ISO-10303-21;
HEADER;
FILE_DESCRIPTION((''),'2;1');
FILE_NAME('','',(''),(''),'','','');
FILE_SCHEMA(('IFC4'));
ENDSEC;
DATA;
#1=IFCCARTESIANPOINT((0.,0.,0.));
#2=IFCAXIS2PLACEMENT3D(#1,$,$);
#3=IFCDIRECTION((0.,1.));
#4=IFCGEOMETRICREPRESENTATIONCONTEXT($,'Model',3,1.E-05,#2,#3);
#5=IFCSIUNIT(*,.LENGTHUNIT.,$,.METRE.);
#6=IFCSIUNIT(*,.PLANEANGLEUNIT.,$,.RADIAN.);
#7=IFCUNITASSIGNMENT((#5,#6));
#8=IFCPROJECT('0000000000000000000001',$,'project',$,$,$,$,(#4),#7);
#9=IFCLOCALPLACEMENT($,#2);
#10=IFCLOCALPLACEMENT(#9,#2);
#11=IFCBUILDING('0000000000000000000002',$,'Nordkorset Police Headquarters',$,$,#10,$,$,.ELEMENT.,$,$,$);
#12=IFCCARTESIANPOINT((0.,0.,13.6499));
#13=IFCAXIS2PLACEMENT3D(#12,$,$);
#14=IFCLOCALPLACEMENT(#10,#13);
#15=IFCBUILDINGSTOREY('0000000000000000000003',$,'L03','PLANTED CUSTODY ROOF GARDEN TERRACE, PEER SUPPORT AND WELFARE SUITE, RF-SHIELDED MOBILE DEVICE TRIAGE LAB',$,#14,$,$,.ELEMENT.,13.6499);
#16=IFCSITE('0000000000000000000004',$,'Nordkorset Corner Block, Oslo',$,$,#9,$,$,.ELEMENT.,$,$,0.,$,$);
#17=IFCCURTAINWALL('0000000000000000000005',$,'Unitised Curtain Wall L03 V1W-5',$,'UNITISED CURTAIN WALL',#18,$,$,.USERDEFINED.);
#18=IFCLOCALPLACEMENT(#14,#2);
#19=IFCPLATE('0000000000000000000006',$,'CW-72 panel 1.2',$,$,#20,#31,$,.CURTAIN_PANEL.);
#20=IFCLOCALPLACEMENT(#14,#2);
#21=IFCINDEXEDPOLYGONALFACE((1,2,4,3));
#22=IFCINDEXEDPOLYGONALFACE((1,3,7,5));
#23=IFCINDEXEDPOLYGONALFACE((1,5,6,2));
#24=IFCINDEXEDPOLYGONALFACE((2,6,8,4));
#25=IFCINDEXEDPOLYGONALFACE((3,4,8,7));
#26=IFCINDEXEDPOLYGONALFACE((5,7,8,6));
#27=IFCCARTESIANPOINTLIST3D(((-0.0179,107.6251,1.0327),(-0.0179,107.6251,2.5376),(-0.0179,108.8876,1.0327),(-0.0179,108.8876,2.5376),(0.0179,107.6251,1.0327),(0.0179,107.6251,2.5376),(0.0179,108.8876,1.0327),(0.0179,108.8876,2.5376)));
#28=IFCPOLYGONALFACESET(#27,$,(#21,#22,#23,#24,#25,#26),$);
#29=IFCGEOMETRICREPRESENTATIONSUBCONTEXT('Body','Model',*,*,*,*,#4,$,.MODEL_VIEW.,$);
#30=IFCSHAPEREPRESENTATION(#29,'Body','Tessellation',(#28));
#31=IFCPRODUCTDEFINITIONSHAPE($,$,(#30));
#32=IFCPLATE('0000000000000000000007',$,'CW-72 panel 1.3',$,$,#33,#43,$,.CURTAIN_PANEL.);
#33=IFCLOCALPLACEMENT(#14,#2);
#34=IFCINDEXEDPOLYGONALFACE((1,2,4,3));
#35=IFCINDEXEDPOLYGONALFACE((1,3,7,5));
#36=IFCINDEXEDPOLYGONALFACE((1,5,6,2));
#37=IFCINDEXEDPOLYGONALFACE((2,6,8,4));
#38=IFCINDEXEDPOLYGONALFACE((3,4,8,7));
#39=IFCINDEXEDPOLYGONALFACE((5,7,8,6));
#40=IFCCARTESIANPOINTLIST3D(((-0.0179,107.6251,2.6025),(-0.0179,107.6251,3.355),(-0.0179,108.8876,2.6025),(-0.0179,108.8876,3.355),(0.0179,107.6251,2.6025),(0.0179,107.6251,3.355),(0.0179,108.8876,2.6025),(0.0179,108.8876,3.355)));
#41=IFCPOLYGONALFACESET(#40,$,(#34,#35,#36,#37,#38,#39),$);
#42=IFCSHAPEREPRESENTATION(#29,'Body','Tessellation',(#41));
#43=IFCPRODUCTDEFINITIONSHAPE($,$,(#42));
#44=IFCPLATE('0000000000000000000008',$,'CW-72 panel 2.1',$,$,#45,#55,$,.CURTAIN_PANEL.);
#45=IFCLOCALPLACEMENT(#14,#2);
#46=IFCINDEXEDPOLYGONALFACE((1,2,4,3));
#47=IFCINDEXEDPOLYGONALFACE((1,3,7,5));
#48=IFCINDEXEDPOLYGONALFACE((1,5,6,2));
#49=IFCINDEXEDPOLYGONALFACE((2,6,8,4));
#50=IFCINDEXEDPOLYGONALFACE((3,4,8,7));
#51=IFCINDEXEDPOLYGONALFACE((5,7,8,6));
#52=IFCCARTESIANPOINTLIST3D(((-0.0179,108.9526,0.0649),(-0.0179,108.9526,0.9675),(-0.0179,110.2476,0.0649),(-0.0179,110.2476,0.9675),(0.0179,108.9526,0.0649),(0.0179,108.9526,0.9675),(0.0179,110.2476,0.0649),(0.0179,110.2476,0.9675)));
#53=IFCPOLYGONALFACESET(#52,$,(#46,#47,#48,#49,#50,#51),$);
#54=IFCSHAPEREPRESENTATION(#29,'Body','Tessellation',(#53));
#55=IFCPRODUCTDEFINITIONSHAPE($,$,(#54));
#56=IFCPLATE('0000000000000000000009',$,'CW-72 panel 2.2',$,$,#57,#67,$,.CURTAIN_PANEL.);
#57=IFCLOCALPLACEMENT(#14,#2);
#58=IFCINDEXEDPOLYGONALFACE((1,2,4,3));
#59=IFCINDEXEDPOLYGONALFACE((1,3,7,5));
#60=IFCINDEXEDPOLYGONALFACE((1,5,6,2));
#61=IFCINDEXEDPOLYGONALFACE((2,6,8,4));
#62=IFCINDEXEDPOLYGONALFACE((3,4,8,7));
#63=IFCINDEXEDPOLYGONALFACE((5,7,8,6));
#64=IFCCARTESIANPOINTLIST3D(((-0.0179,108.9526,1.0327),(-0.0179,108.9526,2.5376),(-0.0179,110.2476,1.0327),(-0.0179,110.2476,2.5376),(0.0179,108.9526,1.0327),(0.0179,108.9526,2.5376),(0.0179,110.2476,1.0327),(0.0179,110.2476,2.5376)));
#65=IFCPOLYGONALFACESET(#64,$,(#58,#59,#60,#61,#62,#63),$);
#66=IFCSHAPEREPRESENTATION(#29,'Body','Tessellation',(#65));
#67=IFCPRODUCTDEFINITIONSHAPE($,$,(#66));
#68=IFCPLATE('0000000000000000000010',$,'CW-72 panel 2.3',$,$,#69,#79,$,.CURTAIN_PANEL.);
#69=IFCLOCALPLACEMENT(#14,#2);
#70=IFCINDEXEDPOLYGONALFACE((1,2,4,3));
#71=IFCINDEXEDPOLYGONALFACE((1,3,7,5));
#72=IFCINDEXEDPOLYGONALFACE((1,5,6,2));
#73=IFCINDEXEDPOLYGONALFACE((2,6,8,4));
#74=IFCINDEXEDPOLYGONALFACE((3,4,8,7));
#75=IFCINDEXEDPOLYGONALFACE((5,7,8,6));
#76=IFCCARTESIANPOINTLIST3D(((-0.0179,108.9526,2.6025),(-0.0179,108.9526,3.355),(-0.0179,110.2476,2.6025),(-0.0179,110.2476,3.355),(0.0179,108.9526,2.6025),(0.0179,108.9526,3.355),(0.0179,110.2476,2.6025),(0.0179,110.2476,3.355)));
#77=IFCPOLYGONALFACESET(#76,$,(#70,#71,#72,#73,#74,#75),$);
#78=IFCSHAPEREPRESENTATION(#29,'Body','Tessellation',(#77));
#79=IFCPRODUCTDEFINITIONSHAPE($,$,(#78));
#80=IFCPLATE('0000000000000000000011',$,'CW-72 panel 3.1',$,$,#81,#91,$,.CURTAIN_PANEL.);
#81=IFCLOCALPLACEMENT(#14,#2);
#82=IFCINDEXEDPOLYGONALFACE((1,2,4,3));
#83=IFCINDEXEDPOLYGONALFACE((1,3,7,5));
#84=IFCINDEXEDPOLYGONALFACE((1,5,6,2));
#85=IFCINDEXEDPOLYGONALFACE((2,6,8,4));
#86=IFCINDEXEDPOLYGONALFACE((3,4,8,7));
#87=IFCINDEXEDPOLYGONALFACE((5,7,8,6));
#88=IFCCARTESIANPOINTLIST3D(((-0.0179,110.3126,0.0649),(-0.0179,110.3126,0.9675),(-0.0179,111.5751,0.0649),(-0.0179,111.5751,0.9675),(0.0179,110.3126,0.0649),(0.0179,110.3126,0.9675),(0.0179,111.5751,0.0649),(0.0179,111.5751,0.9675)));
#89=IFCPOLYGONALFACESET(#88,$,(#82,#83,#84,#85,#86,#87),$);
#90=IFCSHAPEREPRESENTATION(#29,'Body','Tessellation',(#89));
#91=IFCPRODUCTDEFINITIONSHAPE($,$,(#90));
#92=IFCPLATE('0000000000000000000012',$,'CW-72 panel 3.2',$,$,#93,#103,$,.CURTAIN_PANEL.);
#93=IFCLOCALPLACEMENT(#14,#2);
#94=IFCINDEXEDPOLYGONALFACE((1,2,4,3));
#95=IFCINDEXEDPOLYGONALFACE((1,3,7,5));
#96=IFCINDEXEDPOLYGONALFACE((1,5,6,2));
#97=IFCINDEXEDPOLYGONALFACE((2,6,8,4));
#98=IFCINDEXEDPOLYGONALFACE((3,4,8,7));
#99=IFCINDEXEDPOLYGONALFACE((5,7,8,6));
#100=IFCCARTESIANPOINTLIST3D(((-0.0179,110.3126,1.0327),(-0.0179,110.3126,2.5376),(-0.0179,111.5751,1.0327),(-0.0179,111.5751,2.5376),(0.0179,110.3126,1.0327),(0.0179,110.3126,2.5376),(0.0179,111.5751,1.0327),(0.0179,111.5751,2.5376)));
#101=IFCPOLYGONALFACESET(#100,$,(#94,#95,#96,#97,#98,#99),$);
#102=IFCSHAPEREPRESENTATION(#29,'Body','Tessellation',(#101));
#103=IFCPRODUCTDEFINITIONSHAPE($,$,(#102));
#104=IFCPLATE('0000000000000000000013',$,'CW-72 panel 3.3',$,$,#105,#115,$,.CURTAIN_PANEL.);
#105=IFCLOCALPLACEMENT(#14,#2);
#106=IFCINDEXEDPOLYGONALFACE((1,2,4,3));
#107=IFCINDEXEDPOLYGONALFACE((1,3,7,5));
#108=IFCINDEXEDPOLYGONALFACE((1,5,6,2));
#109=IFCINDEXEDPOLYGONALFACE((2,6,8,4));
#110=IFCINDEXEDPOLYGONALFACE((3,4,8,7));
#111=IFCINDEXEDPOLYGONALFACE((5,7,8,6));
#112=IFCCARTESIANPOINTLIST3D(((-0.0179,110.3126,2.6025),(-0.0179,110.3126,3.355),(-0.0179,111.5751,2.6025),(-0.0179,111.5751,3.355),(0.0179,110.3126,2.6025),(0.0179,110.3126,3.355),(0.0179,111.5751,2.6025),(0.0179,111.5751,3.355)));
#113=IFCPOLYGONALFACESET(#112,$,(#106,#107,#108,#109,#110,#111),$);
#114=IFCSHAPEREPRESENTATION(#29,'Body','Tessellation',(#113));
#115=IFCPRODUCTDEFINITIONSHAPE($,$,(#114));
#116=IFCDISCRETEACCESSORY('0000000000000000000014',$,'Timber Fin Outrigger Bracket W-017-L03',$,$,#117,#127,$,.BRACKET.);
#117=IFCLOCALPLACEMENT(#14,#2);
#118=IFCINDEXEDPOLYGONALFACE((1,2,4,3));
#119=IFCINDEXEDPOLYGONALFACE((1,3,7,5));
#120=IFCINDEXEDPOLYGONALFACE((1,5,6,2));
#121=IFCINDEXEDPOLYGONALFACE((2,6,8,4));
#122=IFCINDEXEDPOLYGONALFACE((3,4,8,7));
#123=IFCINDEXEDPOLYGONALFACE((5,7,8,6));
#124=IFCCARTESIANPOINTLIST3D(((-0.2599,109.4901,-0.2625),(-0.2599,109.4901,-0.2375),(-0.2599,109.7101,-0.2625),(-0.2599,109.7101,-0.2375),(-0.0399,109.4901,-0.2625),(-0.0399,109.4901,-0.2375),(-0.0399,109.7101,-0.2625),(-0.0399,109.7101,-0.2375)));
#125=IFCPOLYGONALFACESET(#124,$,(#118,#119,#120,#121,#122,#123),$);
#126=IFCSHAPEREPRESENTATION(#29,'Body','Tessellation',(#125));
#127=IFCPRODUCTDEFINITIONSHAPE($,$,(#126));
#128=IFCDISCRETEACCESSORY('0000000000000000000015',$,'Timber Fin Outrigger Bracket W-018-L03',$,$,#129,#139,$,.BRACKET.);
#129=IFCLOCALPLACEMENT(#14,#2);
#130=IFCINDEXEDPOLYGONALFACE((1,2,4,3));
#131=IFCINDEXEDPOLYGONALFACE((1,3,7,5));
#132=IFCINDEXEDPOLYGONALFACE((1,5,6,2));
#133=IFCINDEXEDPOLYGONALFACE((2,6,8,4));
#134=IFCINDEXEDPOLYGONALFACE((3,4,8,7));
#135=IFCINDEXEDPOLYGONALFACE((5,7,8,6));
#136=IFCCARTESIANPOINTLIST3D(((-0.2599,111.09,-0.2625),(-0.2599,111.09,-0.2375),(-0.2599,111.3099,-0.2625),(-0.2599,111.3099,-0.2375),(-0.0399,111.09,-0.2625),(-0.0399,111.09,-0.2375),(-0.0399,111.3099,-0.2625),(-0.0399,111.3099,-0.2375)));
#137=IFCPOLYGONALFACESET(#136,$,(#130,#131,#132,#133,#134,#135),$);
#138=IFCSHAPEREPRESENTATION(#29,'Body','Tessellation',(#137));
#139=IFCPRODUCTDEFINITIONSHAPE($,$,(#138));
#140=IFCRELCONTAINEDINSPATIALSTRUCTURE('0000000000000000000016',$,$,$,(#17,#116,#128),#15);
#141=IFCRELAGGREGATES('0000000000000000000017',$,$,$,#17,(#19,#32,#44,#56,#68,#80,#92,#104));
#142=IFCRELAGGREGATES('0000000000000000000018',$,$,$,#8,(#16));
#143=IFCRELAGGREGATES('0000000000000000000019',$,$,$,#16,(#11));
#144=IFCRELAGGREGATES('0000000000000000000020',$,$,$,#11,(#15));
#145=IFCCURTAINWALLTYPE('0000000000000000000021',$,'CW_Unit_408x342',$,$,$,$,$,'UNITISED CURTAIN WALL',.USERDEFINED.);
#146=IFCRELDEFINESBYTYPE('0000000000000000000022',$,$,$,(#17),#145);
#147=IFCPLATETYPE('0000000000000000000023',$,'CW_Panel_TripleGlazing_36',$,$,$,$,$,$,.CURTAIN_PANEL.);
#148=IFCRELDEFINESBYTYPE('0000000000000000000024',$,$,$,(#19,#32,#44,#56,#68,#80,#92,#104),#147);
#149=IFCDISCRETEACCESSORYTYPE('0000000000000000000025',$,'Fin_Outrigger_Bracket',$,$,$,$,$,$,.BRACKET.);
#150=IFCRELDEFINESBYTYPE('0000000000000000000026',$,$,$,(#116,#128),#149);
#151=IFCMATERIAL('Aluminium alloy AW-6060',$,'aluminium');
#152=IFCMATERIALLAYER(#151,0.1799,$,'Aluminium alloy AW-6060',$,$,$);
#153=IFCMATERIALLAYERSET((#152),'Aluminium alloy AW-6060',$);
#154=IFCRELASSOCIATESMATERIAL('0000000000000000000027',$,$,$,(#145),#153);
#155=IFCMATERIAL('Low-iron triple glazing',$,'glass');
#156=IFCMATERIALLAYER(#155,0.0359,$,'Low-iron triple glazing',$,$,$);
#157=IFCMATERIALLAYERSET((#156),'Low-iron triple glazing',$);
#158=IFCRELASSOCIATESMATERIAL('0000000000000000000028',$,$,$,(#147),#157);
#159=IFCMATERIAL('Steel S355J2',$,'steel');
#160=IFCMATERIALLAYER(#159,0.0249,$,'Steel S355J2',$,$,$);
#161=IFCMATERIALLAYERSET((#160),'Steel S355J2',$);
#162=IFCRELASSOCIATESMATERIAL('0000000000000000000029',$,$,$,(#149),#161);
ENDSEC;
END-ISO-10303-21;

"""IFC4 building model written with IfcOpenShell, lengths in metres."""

from ifc_helpers import new_model, si_unit, direction, frame, origin, origin_2d, place, context, subcontext, project, spatial, rectangle, extrude, material, layer, layer_set, type_object, element, aggregate, save


model = new_model("IFC4")

# Units and contexts
model_context = context("Model", 3, precision=1e-05, world=origin(), true_north=direction((0.0, 1.0)))
body_context = subcontext(model_context, "Body", "Model", "MODEL_VIEW")
ifc_project = project(units=[si_unit("LENGTHUNIT", "METRE"), si_unit("PLANEANGLEUNIT", "RADIAN")], contexts=[model_context])

# Site, building, storey
site_placement = place(None, origin())
site = spatial("IfcSite", under=ifc_project, at=site_placement, Name="Nordkorset Corner Block, Oslo", CompositionType="ELEMENT", RefElevation=0.0)
building_placement = place(site_placement, origin())
building = spatial("IfcBuilding", under=site, at=building_placement, Name="Nordkorset Police Headquarters", CompositionType="ELEMENT")
storey_placement = place(building_placement, frame((0.0, 0.0, 13.6499)))
storey = spatial("IfcBuildingStorey", under=building, at=storey_placement, Name="L03", Description="PLANTED CUSTODY ROOF GARDEN TERRACE, PEER SUPPORT AND WELFARE SUITE, RF-SHIELDED MOBILE DEVICE TRIAGE LAB", CompositionType="ELEMENT", Elevation=13.6499)

# Curtain wall, plates
ifc_material_1 = material(Name="Aluminium alloy AW-6060", Category="aluminium")
ifc_layer_1 = layer(ifc_material_1, 0.1799, Name="Aluminium alloy AW-6060")
ifc_layer_set_1 = layer_set([ifc_layer_1], Name="Aluminium alloy AW-6060")
curtain_wall_type = type_object("IfcCurtainWallType", Name="CW_Unit_408x342", ElementType="UNITISED CURTAIN WALL", PredefinedType="USERDEFINED", material=ifc_layer_set_1)
curtain_wall_placement = place(storey_placement, origin())
curtain_wall = element("IfcCurtainWall", 1, at=curtain_wall_placement, inside=storey, type_object=curtain_wall_type, Name="Unitised Curtain Wall L03 V1W-5", ObjectType="UNITISED CURTAIN WALL", PredefinedType="USERDEFINED")
ifc_material_2 = material(Name="Low-iron triple glazing", Category="glass")
ifc_layer_2 = layer(ifc_material_2, 0.0359, Name="Low-iron triple glazing")
ifc_layer_set_2 = layer_set([ifc_layer_2], Name="Low-iron triple glazing")
plate_type = type_object("IfcPlateType", Name="CW_Panel_TripleGlazing_36", PredefinedType="CURTAIN_PANEL", material=ifc_layer_set_2)
plate_1_placement = place(storey_placement, frame((0.0, 108.2563, 1.0327), z_axis=(0.0, 0.0, 1.0), x_axis=(0.0, 1.0, 0.0)))
plate_1 = element("IfcPlate", 2, at=plate_1_placement, type_object=plate_type, Name="CW-72 panel 1.2", PredefinedType="CURTAIN_PANEL", context=body_context, shape_type="SweptSolid", body=[
    extrude(rectangle(XDim=1.2625, YDim=0.0359, at=origin_2d()), origin(), (0.0, 0.0, 1.0), 1.5049),
])
plate_2_placement = place(storey_placement, frame((0.0, 108.2563, 2.6025), z_axis=(0.0, 0.0, 1.0), x_axis=(0.0, 1.0, 0.0)))
plate_2 = element("IfcPlate", 3, at=plate_2_placement, type_object=plate_type, Name="CW-72 panel 1.3", PredefinedType="CURTAIN_PANEL", context=body_context, shape_type="SweptSolid", body=[
    extrude(rectangle(XDim=1.2625, YDim=0.0359, at=origin_2d()), origin(), (0.0, 0.0, 1.0), 0.7524),
])
plate_3_placement = place(storey_placement, frame((0.0, 109.6001, 0.0649), z_axis=(0.0, 0.0, 1.0), x_axis=(0.0, 1.0, 0.0)))
plate_3 = element("IfcPlate", 4, at=plate_3_placement, type_object=plate_type, Name="CW-72 panel 2.1", PredefinedType="CURTAIN_PANEL", context=body_context, shape_type="SweptSolid", body=[
    extrude(rectangle(XDim=1.2949, YDim=0.0359, at=origin_2d()), origin(), (0.0, 0.0, 1.0), 0.9026),
])
plate_4_placement = place(storey_placement, frame((0.0, 109.6001, 1.0327), z_axis=(0.0, 0.0, 1.0), x_axis=(0.0, 1.0, 0.0)))
plate_4 = element("IfcPlate", 5, at=plate_4_placement, type_object=plate_type, Name="CW-72 panel 2.2", PredefinedType="CURTAIN_PANEL", context=body_context, shape_type="SweptSolid", body=[
    extrude(rectangle(XDim=1.2949, YDim=0.0359, at=origin_2d()), origin(), (0.0, 0.0, 1.0), 1.5049),
])
plate_5_placement = place(storey_placement, frame((0.0, 109.6001, 2.6025), z_axis=(0.0, 0.0, 1.0), x_axis=(0.0, 1.0, 0.0)))
plate_5 = element("IfcPlate", 6, at=plate_5_placement, type_object=plate_type, Name="CW-72 panel 2.3", PredefinedType="CURTAIN_PANEL", context=body_context, shape_type="SweptSolid", body=[
    extrude(rectangle(XDim=1.2949, YDim=0.0359, at=origin_2d()), origin(), (0.0, 0.0, 1.0), 0.7524),
])
plate_6_placement = place(storey_placement, frame((0.0, 110.9438, 0.0649), z_axis=(0.0, 0.0, 1.0), x_axis=(0.0, 1.0, 0.0)))
plate_6 = element("IfcPlate", 7, at=plate_6_placement, type_object=plate_type, Name="CW-72 panel 3.1", PredefinedType="CURTAIN_PANEL", context=body_context, shape_type="SweptSolid", body=[
    extrude(rectangle(XDim=1.2625, YDim=0.0359, at=origin_2d()), origin(), (0.0, 0.0, 1.0), 0.9026),
])
plate_7_placement = place(storey_placement, frame((0.0, 110.9438, 1.0327), z_axis=(0.0, 0.0, 1.0), x_axis=(0.0, 1.0, 0.0)))
plate_7 = element("IfcPlate", 8, at=plate_7_placement, type_object=plate_type, Name="CW-72 panel 3.2", PredefinedType="CURTAIN_PANEL", context=body_context, shape_type="SweptSolid", body=[
    extrude(rectangle(XDim=1.2625, YDim=0.0359, at=origin_2d()), origin(), (0.0, 0.0, 1.0), 1.5049),
])
plate_8_placement = place(storey_placement, frame((0.0, 110.9438, 2.6025), z_axis=(0.0, 0.0, 1.0), x_axis=(0.0, 1.0, 0.0)))
plate_8 = element("IfcPlate", 9, at=plate_8_placement, type_object=plate_type, Name="CW-72 panel 3.3", PredefinedType="CURTAIN_PANEL", context=body_context, shape_type="SweptSolid", body=[
    extrude(rectangle(XDim=1.2625, YDim=0.0359, at=origin_2d()), origin(), (0.0, 0.0, 1.0), 0.7524),
])
aggregate(curtain_wall, [plate_1, plate_2, plate_3, plate_4, plate_5, plate_6, plate_7, plate_8])

# Discrete accessories
ifc_material_3 = material(Name="Steel S355J2", Category="steel")
ifc_layer_3 = layer(ifc_material_3, 0.0249, Name="Steel S355J2")
ifc_layer_set_3 = layer_set([ifc_layer_3], Name="Steel S355J2")
discrete_accessory_type = type_object("IfcDiscreteAccessoryType", Name="Fin_Outrigger_Bracket", PredefinedType="BRACKET", material=ifc_layer_set_3)
for number, where, z_axis, x_axis, name in (
    (10, (-0.1499, 109.6001, -0.2625), (0.0, 0.0, 1.0), (1.0, 0.0, 0.0), "Timber Fin Outrigger Bracket W-017-L03"),
    (11, (-0.1499, 111.2, -0.2625), (0.0, 0.0, 1.0), (1.0, 0.0, 0.0), "Timber Fin Outrigger Bracket W-018-L03"),
):
    element("IfcDiscreteAccessory", number, at=place(storey_placement, frame(where, z_axis=z_axis, x_axis=x_axis)), inside=storey, type_object=discrete_accessory_type, Name=name, PredefinedType="BRACKET", context=body_context, shape_type="SweptSolid", body=[
        extrude(rectangle(XDim=0.22, YDim=0.22, at=origin_2d()), origin(), (0.0, 0.0, 1.0), 0.0249),
    ])

save(model, "model.ifc")
